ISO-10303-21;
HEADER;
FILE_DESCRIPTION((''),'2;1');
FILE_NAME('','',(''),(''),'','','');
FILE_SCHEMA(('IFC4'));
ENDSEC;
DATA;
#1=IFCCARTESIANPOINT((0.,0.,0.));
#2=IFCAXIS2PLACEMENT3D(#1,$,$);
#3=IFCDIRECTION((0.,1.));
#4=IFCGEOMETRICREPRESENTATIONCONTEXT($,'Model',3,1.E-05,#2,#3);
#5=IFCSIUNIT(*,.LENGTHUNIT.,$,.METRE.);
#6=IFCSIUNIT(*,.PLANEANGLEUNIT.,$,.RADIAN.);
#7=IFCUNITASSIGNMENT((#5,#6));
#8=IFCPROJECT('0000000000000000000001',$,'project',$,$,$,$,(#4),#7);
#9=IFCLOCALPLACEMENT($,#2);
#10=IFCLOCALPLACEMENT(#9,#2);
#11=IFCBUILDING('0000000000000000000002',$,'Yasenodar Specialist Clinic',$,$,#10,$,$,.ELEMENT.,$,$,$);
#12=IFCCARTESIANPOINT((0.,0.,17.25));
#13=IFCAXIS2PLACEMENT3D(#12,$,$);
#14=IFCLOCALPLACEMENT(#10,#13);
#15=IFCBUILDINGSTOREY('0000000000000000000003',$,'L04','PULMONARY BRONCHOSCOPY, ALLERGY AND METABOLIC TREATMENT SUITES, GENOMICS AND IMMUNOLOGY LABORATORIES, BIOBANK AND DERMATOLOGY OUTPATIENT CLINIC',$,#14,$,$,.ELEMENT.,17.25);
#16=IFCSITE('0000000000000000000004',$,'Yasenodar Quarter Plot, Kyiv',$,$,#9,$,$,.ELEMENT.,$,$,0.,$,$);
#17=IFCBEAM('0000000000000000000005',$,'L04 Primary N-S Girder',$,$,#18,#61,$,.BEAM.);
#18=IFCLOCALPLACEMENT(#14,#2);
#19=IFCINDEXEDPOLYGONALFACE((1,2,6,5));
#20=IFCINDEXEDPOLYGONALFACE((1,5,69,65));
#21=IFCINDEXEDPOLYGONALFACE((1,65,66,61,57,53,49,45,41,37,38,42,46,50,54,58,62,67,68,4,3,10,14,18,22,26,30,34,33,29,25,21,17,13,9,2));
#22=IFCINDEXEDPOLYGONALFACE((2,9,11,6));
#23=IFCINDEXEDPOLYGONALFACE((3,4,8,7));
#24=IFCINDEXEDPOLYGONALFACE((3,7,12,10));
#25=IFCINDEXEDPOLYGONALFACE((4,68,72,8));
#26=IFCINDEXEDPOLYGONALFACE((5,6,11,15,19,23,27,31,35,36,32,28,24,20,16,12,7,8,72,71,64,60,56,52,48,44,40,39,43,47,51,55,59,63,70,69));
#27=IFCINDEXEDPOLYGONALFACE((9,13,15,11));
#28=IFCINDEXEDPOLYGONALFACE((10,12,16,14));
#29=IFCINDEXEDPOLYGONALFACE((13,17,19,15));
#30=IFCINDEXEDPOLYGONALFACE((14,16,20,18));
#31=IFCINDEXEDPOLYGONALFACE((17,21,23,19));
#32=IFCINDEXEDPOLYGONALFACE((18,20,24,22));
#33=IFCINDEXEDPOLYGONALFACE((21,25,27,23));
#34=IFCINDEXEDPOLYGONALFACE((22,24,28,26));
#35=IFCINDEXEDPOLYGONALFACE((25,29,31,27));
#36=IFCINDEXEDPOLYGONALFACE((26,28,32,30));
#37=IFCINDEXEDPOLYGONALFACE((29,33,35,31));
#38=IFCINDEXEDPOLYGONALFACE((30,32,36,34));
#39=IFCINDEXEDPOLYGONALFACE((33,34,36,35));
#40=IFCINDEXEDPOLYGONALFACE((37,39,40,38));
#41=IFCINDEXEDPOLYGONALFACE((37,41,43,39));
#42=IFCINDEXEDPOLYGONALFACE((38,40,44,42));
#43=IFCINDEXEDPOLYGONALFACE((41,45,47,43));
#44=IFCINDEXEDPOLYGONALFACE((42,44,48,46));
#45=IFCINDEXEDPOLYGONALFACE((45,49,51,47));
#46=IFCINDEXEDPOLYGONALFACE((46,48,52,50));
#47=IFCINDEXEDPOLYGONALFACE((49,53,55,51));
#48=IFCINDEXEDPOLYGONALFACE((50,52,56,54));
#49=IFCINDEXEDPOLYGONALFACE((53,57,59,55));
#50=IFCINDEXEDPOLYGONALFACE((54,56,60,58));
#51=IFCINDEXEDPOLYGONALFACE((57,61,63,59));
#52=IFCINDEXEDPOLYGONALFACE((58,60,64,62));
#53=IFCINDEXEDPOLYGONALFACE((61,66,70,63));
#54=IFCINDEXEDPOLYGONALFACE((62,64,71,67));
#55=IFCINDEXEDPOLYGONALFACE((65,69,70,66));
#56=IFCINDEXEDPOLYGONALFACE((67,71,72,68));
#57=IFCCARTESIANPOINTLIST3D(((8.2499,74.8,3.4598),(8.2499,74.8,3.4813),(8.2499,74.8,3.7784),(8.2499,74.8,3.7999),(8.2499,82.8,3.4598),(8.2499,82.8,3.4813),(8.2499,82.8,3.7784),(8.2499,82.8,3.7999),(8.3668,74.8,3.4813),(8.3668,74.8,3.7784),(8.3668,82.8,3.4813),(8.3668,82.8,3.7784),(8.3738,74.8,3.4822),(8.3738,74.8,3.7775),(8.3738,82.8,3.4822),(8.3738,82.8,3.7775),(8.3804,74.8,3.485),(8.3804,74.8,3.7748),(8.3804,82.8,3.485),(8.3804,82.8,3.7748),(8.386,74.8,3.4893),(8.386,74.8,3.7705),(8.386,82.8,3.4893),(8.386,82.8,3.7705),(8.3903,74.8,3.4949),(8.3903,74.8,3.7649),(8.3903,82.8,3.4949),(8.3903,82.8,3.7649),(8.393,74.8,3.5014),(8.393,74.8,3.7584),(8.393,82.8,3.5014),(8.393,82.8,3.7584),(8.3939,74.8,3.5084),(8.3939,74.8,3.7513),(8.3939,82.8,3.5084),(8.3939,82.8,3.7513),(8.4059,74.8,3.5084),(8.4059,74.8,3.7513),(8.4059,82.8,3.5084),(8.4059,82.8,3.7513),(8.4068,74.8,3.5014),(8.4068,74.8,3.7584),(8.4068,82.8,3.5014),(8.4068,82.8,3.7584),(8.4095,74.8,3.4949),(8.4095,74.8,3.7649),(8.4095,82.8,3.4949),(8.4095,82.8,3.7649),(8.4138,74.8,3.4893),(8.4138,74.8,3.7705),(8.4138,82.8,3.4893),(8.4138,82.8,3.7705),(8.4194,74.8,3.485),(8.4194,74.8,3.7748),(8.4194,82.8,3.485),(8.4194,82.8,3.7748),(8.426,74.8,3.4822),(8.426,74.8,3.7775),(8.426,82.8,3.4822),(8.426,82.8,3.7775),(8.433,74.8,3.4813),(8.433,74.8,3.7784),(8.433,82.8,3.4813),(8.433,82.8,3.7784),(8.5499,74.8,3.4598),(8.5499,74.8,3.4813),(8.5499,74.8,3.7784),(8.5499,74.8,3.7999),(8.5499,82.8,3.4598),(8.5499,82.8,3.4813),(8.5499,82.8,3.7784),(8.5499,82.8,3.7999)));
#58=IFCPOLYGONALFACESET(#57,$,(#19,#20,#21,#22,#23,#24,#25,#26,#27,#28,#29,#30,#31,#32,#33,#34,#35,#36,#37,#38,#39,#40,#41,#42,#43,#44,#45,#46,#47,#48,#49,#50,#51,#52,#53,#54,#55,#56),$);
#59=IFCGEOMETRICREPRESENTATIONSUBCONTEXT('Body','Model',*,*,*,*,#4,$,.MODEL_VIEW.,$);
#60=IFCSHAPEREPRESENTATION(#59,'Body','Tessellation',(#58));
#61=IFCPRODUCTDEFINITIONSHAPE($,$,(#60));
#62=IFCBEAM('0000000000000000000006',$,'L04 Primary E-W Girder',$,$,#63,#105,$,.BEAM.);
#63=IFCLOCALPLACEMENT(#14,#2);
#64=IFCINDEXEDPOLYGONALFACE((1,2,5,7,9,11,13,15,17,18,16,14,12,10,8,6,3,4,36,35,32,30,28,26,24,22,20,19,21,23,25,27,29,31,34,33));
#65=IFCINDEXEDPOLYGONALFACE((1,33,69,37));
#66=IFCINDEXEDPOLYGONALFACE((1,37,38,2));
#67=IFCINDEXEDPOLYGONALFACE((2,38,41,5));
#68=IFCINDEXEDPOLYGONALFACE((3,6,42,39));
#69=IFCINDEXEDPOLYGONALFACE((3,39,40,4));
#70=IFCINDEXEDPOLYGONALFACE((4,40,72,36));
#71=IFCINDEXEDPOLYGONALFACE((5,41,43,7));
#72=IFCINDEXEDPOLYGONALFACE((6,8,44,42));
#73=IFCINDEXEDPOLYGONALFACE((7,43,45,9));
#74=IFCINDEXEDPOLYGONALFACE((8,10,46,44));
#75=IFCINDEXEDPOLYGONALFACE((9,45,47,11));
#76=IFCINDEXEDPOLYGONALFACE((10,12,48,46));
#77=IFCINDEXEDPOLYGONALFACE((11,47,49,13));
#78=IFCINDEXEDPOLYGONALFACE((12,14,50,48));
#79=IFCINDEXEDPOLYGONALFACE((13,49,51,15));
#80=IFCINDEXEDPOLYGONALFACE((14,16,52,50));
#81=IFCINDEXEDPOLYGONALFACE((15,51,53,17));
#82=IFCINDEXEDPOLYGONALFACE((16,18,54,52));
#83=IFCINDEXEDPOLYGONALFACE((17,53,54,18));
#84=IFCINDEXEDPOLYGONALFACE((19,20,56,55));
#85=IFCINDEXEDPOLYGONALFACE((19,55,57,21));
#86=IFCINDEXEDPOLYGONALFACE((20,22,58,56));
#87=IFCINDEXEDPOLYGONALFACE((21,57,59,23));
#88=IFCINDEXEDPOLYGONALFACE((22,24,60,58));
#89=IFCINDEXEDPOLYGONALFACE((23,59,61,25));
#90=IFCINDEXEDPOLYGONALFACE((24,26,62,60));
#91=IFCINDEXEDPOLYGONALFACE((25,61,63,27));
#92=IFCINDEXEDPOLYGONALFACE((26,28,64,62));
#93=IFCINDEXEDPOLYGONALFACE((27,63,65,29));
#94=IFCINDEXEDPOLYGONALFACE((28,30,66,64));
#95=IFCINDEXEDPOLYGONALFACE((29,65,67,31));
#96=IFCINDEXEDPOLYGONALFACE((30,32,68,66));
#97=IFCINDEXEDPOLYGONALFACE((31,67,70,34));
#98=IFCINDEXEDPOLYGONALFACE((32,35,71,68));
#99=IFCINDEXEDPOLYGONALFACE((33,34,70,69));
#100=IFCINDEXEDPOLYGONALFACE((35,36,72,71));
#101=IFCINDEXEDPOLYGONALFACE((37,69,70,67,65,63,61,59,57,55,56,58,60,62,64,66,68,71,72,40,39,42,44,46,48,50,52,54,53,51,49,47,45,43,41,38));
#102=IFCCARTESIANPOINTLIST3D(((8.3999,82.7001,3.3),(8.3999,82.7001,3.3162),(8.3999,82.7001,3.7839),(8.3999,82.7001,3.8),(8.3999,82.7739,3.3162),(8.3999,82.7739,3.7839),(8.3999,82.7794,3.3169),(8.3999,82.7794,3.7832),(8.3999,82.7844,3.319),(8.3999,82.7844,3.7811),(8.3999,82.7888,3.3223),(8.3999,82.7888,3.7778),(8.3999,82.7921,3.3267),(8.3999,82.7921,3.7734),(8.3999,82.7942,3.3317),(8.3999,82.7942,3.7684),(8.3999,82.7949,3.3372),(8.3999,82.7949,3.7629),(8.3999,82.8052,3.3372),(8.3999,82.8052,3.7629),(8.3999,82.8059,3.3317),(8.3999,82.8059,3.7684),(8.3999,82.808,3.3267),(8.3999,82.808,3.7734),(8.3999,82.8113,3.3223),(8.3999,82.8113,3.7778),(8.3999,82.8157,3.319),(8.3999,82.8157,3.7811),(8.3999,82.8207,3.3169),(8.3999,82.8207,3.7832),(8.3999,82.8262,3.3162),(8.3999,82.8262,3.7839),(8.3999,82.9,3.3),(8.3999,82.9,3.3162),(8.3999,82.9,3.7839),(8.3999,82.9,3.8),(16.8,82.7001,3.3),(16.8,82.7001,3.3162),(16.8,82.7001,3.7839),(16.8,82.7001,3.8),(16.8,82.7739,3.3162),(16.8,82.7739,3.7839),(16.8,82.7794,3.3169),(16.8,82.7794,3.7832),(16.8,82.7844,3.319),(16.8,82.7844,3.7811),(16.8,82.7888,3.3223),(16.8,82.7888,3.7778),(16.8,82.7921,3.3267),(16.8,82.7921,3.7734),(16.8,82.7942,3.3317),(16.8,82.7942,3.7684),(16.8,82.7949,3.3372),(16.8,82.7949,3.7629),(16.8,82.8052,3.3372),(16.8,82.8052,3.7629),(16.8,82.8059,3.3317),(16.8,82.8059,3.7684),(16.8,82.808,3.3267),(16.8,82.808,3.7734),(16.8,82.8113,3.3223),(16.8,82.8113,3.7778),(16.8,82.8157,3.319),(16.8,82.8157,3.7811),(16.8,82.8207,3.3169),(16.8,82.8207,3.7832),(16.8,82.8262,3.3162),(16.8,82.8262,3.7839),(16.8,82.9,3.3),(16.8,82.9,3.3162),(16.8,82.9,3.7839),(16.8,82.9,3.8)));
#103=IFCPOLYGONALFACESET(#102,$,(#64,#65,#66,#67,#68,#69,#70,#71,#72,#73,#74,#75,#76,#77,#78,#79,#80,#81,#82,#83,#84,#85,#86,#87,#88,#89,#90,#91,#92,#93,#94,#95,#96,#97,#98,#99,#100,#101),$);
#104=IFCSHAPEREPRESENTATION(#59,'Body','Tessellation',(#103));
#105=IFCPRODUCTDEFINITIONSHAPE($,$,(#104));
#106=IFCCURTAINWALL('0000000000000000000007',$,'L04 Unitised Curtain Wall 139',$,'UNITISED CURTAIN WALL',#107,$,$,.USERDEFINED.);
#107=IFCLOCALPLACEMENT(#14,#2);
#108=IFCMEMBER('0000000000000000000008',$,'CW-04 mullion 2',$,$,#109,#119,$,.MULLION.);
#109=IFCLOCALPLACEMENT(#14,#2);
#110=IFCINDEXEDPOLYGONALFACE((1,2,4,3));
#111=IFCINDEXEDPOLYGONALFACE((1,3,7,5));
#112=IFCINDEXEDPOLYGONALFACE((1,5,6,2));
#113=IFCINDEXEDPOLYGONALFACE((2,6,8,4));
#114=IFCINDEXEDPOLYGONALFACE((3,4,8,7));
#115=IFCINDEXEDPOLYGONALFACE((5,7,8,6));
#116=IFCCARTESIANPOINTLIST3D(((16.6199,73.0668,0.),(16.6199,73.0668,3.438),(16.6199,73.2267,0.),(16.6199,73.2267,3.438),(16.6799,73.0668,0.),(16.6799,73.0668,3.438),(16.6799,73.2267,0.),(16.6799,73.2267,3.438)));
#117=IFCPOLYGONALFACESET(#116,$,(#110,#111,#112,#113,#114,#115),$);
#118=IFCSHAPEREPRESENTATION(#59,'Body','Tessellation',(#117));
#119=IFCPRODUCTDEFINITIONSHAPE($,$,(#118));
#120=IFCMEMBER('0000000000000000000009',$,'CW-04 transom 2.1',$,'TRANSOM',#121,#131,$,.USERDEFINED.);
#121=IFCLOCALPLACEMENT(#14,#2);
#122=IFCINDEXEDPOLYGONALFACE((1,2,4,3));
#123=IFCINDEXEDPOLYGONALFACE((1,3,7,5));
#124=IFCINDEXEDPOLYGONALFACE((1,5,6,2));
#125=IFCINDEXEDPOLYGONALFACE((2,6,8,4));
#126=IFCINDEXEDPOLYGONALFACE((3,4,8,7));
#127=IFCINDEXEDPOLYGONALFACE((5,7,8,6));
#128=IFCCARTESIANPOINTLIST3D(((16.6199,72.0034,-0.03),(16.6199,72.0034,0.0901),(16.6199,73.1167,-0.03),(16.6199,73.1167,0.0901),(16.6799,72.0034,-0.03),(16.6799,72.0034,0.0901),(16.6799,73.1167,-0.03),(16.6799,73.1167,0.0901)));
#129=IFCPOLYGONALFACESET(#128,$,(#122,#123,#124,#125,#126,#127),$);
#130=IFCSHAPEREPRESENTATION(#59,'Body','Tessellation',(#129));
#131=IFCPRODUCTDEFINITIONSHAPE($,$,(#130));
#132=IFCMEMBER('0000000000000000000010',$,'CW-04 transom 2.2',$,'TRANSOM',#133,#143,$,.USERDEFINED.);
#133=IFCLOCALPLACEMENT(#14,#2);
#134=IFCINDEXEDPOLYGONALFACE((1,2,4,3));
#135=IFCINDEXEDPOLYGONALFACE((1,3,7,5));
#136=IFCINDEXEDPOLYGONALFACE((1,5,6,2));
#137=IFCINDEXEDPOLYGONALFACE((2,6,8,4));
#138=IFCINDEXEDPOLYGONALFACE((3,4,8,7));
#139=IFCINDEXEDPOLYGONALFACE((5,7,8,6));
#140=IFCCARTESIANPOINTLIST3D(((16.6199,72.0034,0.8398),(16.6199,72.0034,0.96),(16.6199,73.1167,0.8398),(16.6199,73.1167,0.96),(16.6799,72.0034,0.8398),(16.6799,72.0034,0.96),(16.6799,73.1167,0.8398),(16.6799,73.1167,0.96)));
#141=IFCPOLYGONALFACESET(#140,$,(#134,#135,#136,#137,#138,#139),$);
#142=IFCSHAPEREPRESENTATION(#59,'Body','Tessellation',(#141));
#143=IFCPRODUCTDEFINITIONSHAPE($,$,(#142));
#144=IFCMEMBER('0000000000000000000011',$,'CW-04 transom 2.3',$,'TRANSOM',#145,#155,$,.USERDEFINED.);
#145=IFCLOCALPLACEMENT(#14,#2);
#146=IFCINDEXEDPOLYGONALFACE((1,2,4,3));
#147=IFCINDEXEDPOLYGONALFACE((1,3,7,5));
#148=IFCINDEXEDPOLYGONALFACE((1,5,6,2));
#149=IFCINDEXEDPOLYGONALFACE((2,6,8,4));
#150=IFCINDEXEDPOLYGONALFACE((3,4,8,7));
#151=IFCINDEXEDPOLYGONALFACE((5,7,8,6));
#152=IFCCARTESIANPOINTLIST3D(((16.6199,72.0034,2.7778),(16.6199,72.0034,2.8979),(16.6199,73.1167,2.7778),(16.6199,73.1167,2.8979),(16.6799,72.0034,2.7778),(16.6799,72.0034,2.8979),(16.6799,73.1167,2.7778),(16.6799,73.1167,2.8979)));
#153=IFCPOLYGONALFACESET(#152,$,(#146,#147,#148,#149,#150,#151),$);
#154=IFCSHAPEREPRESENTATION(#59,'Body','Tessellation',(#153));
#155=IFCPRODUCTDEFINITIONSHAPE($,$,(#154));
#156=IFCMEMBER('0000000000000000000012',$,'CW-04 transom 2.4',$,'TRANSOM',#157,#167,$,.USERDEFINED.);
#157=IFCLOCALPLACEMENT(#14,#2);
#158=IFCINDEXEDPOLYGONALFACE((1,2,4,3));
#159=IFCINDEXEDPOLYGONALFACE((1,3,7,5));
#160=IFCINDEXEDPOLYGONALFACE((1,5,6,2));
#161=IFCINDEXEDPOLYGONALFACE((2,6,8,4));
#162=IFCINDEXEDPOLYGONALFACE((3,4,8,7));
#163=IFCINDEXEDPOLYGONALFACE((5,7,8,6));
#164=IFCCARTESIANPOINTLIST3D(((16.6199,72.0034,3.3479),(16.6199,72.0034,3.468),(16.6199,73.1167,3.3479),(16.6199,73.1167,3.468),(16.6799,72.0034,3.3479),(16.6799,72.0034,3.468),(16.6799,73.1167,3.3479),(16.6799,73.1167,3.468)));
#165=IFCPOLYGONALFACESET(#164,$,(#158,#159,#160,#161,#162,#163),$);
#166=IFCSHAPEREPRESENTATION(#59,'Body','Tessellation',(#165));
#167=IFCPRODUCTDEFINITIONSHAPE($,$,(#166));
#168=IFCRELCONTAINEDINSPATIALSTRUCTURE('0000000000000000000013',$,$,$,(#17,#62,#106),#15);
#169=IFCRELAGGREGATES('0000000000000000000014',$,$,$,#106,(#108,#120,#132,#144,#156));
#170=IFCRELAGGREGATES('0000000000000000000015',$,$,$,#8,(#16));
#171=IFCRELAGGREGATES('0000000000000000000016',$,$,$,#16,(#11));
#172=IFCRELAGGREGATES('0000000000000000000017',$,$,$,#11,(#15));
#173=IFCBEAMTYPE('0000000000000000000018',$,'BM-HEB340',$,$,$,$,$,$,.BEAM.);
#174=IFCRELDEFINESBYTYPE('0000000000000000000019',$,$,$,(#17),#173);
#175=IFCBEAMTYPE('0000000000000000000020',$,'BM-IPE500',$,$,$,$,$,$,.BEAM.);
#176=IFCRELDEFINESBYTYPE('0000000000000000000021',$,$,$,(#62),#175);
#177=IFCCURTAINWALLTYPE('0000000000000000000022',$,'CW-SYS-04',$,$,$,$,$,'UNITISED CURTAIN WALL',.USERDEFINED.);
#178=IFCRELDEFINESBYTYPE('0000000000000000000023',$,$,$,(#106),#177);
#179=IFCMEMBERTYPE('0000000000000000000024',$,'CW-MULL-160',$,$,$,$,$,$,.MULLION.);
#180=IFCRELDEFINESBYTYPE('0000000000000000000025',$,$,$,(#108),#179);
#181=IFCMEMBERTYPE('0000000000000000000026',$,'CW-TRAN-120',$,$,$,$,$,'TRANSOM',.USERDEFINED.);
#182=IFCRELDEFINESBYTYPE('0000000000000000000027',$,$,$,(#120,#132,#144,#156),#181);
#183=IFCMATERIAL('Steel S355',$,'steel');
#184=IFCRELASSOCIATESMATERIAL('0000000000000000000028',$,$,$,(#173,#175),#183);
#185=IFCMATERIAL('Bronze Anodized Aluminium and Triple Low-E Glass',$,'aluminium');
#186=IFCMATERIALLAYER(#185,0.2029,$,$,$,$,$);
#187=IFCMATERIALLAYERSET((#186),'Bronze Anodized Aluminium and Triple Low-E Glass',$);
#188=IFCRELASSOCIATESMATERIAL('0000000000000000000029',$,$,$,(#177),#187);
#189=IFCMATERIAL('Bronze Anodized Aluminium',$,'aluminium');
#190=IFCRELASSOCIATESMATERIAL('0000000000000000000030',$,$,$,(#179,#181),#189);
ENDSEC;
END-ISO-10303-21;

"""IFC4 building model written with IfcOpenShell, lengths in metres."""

from ifc_helpers import new_model, si_unit, direction, frame, origin, origin_2d, place, context, subcontext, project, spatial, rectangle, i_section, extrude, material, layer, layer_set, material_profile, profile_set, type_object, element, aggregate, save


model = new_model("IFC4")

# Units and contexts
model_context = context("Model", 3, precision=1e-05, world=origin(), true_north=direction((0.0, 1.0)))
body_context = subcontext(model_context, "Body", "Model", "MODEL_VIEW")
ifc_project = project(units=[si_unit("LENGTHUNIT", "METRE"), si_unit("PLANEANGLEUNIT", "RADIAN")], contexts=[model_context])

# Site, building, storey
site_placement = place(None, origin())
site = spatial("IfcSite", under=ifc_project, at=site_placement, Name="Yasenodar Quarter Plot, Kyiv", CompositionType="ELEMENT", RefElevation=0.0)
building_placement = place(site_placement, origin())
building = spatial("IfcBuilding", under=site, at=building_placement, Name="Yasenodar Specialist Clinic", CompositionType="ELEMENT")
storey_placement = place(building_placement, frame((0.0, 0.0, 17.25)))
storey = spatial("IfcBuildingStorey", under=building, at=storey_placement, Name="L04", Description="PULMONARY BRONCHOSCOPY, ALLERGY AND METABOLIC TREATMENT SUITES, GENOMICS AND IMMUNOLOGY LABORATORIES, BIOBANK AND DERMATOLOGY OUTPATIENT CLINIC", CompositionType="ELEMENT", Elevation=17.25)

# Shared definitions
ifc_material_1 = material(Name="Steel S355", Category="steel")

# Beams
ifc_material_profile_1 = material_profile(ifc_material_1, i_section(OverallWidth=0.3, OverallDepth=0.3401, WebThickness=0.012, FlangeThickness=0.0215, FilletRadius=0.0271, at=origin_2d()), Name="HEB 340")
ifc_profile_set_1 = profile_set([ifc_material_profile_1], Name="Steel S355")
beam_type_1 = type_object("IfcBeamType", Name="BM-HEB340", PredefinedType="BEAM", material=ifc_profile_set_1)
beam_1_placement = place(storey_placement, frame((8.3999, 74.8, 3.6299), z_axis=(0.0, 1.0, 0.0), x_axis=(-1.0, 0.0, 0.0)))
element("IfcBeam", 1, at=beam_1_placement, inside=storey, type_object=beam_type_1, Name="L04 Primary N-S Girder", PredefinedType="BEAM", context=body_context, shape_type="SweptSolid", body=[
    extrude(i_section(OverallWidth=0.3, OverallDepth=0.3401, WebThickness=0.012, FlangeThickness=0.0215, FilletRadius=0.0271, at=origin_2d()), origin(), (0.0, 0.0, 1.0), 8.0),
])
ifc_material_profile_2 = material_profile(ifc_material_1, i_section(OverallWidth=0.2, OverallDepth=0.5, WebThickness=0.0103, FlangeThickness=0.0161, FilletRadius=0.021, at=origin_2d()), Name="IPE 500")
ifc_profile_set_2 = profile_set([ifc_material_profile_2], Name="Steel S355")
beam_type_2 = type_object("IfcBeamType", Name="BM-IPE500", PredefinedType="BEAM", material=ifc_profile_set_2)
beam_2_placement = place(storey_placement, frame((8.3999, 82.8, 3.55), z_axis=(1.0, 0.0, 0.0), x_axis=(0.0, 1.0, 0.0)))
element("IfcBeam", 2, at=beam_2_placement, inside=storey, type_object=beam_type_2, Name="L04 Primary E-W Girder", PredefinedType="BEAM", context=body_context, shape_type="SweptSolid", body=[
    extrude(i_section(OverallWidth=0.2, OverallDepth=0.5, WebThickness=0.0103, FlangeThickness=0.0161, FilletRadius=0.021, at=origin_2d()), origin(), (0.0, 0.0, 1.0), 8.4001),
])

# Curtain wall, members
ifc_material_2 = material(Name="Bronze Anodized Aluminium and Triple Low-E Glass", Category="aluminium")
ifc_layer_1 = layer(ifc_material_2, 0.2029)
ifc_layer_set_1 = layer_set([ifc_layer_1], Name="Bronze Anodized Aluminium and Triple Low-E Glass")
curtain_wall_type = type_object("IfcCurtainWallType", Name="CW-SYS-04", ElementType="UNITISED CURTAIN WALL", PredefinedType="USERDEFINED", material=ifc_layer_set_1)
curtain_wall_placement = place(storey_placement, origin())
curtain_wall = element("IfcCurtainWall", 3, at=curtain_wall_placement, inside=storey, type_object=curtain_wall_type, Name="L04 Unitised Curtain Wall 139", ObjectType="UNITISED CURTAIN WALL", PredefinedType="USERDEFINED")
ifc_material_3 = material(Name="Bronze Anodized Aluminium", Category="aluminium")
ifc_material_profile_3 = material_profile(ifc_material_3, rectangle(XDim=0.0601, YDim=0.1599, at=origin_2d()), Name="CW-MULL 60x160")
ifc_profile_set_3 = profile_set([ifc_material_profile_3], Name="Bronze Anodized Aluminium")
member_type_1 = type_object("IfcMemberType", Name="CW-MULL-160", PredefinedType="MULLION", material=ifc_profile_set_3)
member_1_placement = place(storey_placement, frame((16.6499, 73.1467, 0.0), z_axis=(0.0, 0.0, 1.0), x_axis=(1.0, 0.0, 0.0)))
member_1 = element("IfcMember", 4, at=member_1_placement, type_object=member_type_1, Name="CW-04 mullion 2", PredefinedType="MULLION", context=body_context, shape_type="SweptSolid", body=[
    extrude(rectangle(XDim=0.0601, YDim=0.1599, at=origin_2d()), origin(), (0.0, 0.0, 1.0), 3.438),
])
ifc_material_profile_4 = material_profile(ifc_material_3, rectangle(XDim=0.0601, YDim=0.1201, at=origin_2d()), Name="CW-TRAN 60x120")
ifc_profile_set_4 = profile_set([ifc_material_profile_4], Name="Bronze Anodized Aluminium")
member_type_2 = type_object("IfcMemberType", Name="CW-TRAN-120", ElementType="TRANSOM", PredefinedType="USERDEFINED", material=ifc_profile_set_4)
member_2_placement = place(storey_placement, frame((16.6499, 73.1167, 0.03), z_axis=(0.0, -1.0, 0.0), x_axis=(1.0, 0.0, 0.0)))
member_2 = element("IfcMember", 5, at=member_2_placement, type_object=member_type_2, Name="CW-04 transom 2.1", ObjectType="TRANSOM", PredefinedType="USERDEFINED", context=body_context, shape_type="SweptSolid", body=[
    extrude(rectangle(XDim=0.0601, YDim=0.1201, at=origin_2d()), origin(), (0.0, 0.0, 1.0), 1.1133),
])
member_3_placement = place(storey_placement, frame((16.6499, 73.1167, 0.8999), z_axis=(0.0, -1.0, 0.0), x_axis=(1.0, 0.0, 0.0)))
member_3 = element("IfcMember", 6, at=member_3_placement, type_object=member_type_2, Name="CW-04 transom 2.2", ObjectType="TRANSOM", PredefinedType="USERDEFINED", context=body_context, shape_type="SweptSolid", body=[
    extrude(rectangle(XDim=0.0601, YDim=0.1201, at=origin_2d()), origin(), (0.0, 0.0, 1.0), 1.1133),
])
member_4_placement = place(storey_placement, frame((16.6499, 73.1167, 2.8379), z_axis=(0.0, -1.0, 0.0), x_axis=(1.0, 0.0, 0.0)))
member_4 = element("IfcMember", 7, at=member_4_placement, type_object=member_type_2, Name="CW-04 transom 2.3", ObjectType="TRANSOM", PredefinedType="USERDEFINED", context=body_context, shape_type="SweptSolid", body=[
    extrude(rectangle(XDim=0.0601, YDim=0.1201, at=origin_2d()), origin(), (0.0, 0.0, 1.0), 1.1133),
])
member_5_placement = place(storey_placement, frame((16.6499, 73.1167, 3.408), z_axis=(0.0, -1.0, 0.0), x_axis=(1.0, 0.0, 0.0)))
member_5 = element("IfcMember", 8, at=member_5_placement, type_object=member_type_2, Name="CW-04 transom 2.4", ObjectType="TRANSOM", PredefinedType="USERDEFINED", context=body_context, shape_type="SweptSolid", body=[
    extrude(rectangle(XDim=0.0601, YDim=0.1201, at=origin_2d()), origin(), (0.0, 0.0, 1.0), 1.1133),
])

aggregate(curtain_wall, [member_1, member_2, member_3, member_4, member_5])

save(model, "model.ifc")
